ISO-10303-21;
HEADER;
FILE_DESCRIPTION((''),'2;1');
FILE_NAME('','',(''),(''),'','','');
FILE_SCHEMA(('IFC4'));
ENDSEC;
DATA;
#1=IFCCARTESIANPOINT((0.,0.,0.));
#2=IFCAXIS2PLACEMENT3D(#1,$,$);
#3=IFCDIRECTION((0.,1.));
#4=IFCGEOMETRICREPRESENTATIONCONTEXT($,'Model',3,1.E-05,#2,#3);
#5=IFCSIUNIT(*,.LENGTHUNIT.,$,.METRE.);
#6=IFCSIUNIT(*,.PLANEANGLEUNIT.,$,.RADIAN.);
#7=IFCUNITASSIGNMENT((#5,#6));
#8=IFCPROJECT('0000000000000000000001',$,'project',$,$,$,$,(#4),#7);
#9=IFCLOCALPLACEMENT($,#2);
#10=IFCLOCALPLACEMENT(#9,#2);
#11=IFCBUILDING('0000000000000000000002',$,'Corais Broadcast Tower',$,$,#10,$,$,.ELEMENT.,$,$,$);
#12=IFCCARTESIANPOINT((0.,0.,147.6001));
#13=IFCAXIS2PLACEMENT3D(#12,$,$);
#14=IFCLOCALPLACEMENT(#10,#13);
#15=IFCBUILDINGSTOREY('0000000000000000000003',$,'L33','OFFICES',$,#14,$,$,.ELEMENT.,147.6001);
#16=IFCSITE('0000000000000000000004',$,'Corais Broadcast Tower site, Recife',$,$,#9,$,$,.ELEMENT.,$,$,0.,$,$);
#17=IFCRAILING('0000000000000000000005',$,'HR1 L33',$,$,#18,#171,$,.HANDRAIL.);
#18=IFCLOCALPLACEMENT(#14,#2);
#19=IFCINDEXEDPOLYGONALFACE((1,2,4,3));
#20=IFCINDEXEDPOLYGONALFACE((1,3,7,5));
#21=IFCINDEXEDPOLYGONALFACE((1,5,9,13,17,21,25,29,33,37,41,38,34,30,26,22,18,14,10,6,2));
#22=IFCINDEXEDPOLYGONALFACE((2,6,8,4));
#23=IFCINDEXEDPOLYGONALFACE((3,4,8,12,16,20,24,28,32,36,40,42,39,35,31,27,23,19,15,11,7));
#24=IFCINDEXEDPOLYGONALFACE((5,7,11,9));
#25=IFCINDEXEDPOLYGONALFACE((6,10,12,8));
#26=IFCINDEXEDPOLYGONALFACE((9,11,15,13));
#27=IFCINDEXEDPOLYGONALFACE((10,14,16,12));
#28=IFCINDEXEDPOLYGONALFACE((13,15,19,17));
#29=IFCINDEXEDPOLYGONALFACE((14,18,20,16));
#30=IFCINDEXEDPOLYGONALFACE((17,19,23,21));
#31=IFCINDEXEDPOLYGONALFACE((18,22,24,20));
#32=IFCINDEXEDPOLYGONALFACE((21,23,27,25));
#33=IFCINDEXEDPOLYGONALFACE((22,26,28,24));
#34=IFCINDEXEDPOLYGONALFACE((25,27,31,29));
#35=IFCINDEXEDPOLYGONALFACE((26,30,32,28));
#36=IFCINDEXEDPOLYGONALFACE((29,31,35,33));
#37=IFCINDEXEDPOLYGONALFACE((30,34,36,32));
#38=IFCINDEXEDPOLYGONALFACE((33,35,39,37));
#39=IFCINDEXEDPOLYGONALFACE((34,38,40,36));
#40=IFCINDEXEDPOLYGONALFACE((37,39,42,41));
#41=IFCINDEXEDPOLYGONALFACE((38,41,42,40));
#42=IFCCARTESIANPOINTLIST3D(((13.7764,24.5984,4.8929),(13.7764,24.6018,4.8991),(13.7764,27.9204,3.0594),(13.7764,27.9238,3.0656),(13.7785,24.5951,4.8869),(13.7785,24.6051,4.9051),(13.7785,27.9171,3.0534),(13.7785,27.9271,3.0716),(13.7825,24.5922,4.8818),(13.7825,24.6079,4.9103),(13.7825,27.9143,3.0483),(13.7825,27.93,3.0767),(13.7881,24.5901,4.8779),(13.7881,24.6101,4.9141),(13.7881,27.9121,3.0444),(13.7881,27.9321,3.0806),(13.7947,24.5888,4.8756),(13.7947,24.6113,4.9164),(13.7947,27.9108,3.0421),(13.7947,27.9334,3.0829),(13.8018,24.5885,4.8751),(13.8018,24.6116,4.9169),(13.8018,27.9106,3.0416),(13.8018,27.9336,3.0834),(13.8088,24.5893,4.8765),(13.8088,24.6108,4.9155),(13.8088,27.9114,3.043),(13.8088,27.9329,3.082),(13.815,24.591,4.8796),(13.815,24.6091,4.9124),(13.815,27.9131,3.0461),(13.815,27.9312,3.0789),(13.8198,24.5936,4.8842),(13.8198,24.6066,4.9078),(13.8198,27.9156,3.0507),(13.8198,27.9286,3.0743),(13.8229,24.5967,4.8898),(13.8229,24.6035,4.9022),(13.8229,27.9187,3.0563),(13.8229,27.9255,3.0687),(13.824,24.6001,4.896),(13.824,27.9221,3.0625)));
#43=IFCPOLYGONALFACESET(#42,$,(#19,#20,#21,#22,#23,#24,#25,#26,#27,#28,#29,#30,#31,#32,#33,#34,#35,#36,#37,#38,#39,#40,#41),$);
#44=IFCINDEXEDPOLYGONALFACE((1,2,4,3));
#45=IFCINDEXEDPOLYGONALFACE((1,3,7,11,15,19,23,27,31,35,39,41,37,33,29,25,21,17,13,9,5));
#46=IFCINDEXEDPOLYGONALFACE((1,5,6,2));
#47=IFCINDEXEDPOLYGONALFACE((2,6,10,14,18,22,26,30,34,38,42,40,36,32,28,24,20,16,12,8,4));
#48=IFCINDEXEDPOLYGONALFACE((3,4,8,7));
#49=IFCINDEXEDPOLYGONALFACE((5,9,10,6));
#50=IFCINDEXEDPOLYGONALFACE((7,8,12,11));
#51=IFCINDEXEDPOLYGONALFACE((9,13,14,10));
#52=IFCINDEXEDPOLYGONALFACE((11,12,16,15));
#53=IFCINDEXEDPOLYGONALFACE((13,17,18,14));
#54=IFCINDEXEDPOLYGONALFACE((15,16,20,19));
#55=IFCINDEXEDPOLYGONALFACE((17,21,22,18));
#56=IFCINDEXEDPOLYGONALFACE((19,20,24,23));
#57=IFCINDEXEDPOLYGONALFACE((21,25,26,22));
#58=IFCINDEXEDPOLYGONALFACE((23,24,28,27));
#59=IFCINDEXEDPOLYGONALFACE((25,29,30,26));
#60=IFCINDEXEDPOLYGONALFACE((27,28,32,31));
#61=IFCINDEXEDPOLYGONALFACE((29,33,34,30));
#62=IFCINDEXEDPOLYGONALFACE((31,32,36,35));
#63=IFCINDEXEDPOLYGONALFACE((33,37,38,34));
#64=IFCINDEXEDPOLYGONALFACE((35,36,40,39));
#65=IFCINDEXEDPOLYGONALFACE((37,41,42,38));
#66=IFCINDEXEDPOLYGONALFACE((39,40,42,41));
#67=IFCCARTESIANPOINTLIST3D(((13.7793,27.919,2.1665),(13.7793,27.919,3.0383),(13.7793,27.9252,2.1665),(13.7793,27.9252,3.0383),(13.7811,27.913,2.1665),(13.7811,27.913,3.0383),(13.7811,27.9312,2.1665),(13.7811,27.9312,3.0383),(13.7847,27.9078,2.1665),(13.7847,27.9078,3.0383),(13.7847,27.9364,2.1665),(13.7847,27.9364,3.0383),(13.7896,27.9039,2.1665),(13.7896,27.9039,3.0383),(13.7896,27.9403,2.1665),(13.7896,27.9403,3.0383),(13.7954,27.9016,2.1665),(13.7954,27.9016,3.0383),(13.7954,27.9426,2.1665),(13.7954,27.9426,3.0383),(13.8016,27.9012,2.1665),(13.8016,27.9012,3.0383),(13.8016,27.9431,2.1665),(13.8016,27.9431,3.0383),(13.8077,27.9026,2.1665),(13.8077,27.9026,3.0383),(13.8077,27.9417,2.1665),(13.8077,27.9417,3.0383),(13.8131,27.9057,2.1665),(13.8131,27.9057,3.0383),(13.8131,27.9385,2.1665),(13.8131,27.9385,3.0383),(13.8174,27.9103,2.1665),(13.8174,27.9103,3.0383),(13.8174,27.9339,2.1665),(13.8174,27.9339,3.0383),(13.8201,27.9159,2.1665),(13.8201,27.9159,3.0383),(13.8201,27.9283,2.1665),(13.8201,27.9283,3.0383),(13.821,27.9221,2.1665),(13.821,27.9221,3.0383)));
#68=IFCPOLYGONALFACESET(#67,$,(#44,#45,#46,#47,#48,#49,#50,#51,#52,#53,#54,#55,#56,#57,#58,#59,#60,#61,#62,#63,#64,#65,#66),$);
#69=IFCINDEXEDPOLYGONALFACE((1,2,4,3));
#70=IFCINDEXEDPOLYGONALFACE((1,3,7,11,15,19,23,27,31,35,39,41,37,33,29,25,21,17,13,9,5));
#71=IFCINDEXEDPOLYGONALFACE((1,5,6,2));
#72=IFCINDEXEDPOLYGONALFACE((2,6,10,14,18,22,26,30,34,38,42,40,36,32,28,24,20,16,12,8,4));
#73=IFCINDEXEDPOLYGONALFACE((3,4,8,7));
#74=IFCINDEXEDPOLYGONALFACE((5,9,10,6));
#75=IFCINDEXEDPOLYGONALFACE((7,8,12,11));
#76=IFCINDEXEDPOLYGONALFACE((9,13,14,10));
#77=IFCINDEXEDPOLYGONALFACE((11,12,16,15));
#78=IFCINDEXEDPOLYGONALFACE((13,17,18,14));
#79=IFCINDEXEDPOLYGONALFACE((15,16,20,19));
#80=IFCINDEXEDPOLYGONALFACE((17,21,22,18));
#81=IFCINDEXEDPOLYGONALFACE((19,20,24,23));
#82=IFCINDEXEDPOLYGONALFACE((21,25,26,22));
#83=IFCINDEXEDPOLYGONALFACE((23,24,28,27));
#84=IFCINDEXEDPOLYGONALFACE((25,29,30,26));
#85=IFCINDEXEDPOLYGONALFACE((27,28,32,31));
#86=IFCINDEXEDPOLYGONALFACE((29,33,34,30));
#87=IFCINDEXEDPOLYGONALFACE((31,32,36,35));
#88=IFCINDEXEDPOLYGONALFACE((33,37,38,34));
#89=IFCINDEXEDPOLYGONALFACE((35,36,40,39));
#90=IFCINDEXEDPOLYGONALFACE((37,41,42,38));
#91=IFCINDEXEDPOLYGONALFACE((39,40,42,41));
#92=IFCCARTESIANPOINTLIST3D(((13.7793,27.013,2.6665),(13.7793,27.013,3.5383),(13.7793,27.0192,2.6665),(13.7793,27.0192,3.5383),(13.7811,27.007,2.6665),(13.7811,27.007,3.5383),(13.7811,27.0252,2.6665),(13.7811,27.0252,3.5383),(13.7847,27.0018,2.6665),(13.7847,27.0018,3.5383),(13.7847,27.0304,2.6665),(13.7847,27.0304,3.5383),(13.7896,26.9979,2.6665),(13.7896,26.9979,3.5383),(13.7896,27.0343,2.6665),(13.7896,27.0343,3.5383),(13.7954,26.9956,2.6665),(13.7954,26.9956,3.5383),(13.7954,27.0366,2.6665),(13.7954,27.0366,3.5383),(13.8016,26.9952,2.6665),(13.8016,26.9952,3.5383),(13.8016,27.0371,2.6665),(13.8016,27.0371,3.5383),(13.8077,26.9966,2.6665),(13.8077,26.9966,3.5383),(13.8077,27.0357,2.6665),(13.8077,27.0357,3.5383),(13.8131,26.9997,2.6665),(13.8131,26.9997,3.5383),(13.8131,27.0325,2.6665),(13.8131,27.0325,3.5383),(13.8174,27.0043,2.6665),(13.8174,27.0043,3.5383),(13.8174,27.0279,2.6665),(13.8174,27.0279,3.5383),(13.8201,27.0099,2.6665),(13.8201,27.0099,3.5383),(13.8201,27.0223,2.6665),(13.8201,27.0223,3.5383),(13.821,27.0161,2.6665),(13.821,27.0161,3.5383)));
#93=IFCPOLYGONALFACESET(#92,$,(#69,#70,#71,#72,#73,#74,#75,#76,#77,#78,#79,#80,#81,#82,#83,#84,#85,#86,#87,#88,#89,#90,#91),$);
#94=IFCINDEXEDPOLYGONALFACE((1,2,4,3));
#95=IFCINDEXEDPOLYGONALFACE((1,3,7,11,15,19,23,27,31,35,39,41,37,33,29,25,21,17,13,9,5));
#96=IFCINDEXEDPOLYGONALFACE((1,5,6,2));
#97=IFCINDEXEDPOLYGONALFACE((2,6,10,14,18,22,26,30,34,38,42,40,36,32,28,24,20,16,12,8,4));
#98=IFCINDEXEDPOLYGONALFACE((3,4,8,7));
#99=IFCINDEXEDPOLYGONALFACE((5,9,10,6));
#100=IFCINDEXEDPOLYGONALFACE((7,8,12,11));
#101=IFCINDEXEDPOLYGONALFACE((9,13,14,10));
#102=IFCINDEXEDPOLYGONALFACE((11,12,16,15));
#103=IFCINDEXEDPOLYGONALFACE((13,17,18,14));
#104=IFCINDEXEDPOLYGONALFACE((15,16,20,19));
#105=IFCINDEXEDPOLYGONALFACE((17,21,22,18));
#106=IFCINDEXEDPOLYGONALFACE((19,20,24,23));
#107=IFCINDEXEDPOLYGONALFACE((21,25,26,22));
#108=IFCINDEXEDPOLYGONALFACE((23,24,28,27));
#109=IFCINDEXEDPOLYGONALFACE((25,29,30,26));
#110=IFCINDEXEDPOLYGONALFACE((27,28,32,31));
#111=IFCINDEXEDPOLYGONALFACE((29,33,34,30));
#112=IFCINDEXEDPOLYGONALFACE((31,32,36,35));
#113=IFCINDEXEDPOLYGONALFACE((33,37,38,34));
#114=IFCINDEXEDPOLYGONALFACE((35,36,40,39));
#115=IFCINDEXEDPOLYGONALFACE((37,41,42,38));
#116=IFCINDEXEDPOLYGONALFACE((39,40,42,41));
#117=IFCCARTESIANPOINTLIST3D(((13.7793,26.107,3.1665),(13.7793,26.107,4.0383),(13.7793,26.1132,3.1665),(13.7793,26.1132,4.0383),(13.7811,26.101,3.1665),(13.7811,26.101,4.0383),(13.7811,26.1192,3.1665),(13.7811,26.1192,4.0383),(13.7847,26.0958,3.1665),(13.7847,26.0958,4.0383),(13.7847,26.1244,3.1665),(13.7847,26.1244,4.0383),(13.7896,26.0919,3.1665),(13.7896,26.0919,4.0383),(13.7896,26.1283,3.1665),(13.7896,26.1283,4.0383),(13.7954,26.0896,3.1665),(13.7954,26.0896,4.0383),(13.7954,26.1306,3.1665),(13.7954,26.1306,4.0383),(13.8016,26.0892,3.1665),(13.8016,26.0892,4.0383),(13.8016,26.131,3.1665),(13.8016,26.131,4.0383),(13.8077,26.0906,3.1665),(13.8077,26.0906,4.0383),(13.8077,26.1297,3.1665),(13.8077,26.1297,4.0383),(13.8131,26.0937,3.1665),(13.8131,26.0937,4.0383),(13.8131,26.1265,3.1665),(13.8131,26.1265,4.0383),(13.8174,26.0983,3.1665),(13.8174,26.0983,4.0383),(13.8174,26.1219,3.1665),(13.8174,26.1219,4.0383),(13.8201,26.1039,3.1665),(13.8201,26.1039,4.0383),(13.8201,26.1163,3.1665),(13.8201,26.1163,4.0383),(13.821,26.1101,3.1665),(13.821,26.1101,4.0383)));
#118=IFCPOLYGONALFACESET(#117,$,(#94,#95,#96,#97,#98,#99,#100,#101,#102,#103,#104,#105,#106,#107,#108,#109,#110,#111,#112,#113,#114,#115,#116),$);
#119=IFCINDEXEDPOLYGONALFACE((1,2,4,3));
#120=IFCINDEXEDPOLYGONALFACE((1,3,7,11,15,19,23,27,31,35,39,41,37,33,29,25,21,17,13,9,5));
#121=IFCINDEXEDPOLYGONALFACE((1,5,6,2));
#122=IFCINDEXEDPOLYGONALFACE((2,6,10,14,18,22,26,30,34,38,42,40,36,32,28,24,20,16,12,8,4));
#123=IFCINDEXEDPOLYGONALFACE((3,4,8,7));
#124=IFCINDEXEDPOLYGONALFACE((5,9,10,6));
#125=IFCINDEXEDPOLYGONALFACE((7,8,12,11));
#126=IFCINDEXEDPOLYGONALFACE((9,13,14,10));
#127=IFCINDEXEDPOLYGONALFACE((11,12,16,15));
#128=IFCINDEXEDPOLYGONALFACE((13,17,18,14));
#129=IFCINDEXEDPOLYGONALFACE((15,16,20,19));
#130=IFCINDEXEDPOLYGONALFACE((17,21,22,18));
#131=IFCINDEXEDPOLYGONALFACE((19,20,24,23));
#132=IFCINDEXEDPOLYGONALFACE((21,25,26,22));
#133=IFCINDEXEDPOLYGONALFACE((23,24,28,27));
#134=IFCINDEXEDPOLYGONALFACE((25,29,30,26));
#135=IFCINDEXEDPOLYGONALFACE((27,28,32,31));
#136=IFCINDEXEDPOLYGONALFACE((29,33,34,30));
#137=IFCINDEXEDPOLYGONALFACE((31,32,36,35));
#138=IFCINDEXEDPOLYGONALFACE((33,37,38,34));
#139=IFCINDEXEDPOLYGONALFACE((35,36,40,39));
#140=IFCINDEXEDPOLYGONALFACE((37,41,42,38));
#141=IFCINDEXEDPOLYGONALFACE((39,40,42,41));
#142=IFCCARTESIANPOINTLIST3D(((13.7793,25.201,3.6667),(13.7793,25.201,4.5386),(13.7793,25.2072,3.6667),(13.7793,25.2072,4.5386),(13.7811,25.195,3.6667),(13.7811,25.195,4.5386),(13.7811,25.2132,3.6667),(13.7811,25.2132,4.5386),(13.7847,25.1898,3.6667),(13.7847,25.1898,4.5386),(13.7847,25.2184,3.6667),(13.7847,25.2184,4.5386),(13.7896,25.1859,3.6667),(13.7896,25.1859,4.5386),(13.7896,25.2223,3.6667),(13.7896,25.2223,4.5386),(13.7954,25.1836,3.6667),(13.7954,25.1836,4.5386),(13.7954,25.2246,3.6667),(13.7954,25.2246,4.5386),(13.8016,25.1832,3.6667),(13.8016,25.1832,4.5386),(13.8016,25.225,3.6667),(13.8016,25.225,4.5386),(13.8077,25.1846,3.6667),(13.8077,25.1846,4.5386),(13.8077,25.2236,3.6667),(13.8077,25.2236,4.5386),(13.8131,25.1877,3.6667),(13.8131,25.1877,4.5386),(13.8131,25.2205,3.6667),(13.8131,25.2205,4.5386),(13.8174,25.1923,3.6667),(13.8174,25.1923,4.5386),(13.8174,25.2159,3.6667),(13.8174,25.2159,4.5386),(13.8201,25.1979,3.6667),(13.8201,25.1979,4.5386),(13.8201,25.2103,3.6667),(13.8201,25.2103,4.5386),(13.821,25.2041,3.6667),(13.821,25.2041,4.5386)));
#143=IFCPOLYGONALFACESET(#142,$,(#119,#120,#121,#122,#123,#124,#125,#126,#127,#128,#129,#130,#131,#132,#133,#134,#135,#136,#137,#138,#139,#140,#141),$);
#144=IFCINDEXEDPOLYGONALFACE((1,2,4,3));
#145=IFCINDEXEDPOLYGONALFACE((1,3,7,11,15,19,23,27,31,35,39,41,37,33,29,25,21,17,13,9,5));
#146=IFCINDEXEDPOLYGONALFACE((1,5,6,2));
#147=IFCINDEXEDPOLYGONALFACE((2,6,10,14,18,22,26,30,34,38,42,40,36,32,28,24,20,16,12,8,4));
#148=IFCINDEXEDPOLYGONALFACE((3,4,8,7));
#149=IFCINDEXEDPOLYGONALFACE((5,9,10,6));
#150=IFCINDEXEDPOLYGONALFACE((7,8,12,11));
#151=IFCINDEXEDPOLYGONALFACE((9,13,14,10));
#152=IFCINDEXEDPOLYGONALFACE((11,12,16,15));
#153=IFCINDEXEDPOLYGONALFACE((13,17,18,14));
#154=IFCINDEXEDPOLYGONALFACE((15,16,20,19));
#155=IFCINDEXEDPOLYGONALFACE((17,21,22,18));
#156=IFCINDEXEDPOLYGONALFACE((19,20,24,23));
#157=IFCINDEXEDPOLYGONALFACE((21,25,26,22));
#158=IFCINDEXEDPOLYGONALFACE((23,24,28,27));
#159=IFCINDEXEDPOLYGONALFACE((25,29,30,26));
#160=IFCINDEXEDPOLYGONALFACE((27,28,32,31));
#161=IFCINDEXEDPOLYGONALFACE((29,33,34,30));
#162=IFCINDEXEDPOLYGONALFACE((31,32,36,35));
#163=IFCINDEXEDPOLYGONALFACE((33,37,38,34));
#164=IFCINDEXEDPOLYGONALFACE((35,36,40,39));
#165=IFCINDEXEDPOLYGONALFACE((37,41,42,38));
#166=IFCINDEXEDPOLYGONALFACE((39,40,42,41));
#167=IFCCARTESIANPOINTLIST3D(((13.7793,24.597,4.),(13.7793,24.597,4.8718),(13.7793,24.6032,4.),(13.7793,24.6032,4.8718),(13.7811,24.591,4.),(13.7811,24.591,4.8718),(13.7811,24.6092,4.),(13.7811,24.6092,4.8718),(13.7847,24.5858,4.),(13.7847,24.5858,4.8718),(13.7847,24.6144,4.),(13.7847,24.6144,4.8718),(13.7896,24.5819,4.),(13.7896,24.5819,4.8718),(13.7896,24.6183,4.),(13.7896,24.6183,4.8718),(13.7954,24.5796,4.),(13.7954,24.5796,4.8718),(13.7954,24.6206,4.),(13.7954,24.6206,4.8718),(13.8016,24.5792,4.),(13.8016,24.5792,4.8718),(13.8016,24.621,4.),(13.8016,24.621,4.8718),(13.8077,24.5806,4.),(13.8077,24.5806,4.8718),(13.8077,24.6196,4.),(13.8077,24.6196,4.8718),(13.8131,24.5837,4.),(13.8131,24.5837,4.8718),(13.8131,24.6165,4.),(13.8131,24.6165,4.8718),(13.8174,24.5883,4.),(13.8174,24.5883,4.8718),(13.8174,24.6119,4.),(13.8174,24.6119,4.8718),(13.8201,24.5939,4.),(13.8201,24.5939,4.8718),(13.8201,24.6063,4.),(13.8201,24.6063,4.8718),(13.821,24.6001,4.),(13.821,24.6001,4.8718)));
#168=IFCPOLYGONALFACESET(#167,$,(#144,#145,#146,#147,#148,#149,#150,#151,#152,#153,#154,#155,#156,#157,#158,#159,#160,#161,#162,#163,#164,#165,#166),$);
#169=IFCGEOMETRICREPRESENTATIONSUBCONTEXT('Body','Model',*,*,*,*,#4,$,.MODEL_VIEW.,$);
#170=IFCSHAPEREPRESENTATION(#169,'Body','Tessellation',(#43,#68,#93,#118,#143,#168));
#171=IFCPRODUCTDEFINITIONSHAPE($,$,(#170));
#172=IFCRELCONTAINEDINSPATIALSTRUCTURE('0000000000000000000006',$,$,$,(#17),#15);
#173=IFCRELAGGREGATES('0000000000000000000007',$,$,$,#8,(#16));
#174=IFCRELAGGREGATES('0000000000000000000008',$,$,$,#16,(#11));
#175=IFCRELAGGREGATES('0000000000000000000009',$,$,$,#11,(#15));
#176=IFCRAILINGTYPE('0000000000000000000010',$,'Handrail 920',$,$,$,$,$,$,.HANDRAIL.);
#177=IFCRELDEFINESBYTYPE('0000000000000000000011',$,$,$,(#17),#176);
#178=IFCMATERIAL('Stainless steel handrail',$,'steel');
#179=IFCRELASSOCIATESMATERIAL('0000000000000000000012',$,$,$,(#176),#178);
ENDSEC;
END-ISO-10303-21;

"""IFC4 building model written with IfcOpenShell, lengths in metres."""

from ifc_helpers import new_model, si_unit, direction, frame, origin, origin_2d, place, context, subcontext, project, spatial, circle, extrude, material, type_object, element, save


model = new_model("IFC4")

# Units and contexts
model_context = context("Model", 3, precision=1e-05, world=origin(), true_north=direction((0.0, 1.0)))
body_context = subcontext(model_context, "Body", "Model", "MODEL_VIEW")
ifc_project = project(units=[si_unit("LENGTHUNIT", "METRE"), si_unit("PLANEANGLEUNIT", "RADIAN")], contexts=[model_context])

# Site, building, storey
site_placement = place(None, origin())
site = spatial("IfcSite", under=ifc_project, at=site_placement, Name="Corais Broadcast Tower site, Recife", CompositionType="ELEMENT", RefElevation=0.0)
building_placement = place(site_placement, origin())
building = spatial("IfcBuilding", under=site, at=building_placement, Name="Corais Broadcast Tower", CompositionType="ELEMENT")
storey_placement = place(building_placement, frame((0.0, 0.0, 147.6001)))
storey = spatial("IfcBuildingStorey", under=building, at=storey_placement, Name="L33", Description="OFFICES", CompositionType="ELEMENT", Elevation=147.6001)

# Railing
ifc_material_1 = material(Name="Stainless steel handrail", Category="steel")
railing_type = type_object("IfcRailingType", Name="Handrail 920", PredefinedType="HANDRAIL", material=ifc_material_1)
for number, where, name in (
    (1, (13.8, 27.9221, 2.1665), "HR1 L33"),
):
    element("IfcRailing", number, at=place(storey_placement, frame(where)), inside=storey, type_object=railing_type, Name=name, PredefinedType="HANDRAIL", context=body_context, shape_type="SweptSolid", body=[
        extrude(circle(Radius=0.0239, at=origin_2d()), frame((0.0, 0.0, 0.896), z_axis=(0.0, -0.875504, 0.48321), x_axis=(1.0, 0.0, 0.0)), (0.0, 0.0, 1.0), 3.7944),
        extrude(circle(Radius=0.021, at=origin_2d()), origin(), (0.0, 0.0, 1.0), 0.8718),
        extrude(circle(Radius=0.021, at=origin_2d()), frame((0.0, -0.906, 0.5)), (0.0, 0.0, 1.0), 0.8718),
        extrude(circle(Radius=0.021, at=origin_2d()), frame((0.0, -1.812, 1.0)), (0.0, 0.0, 1.0), 0.8718),
        extrude(circle(Radius=0.021, at=origin_2d()), frame((0.0, -2.718, 1.5002)), (0.0, 0.0, 1.0), 0.8718),
        extrude(circle(Radius=0.021, at=origin_2d()), frame((0.0, -3.322, 1.8335)), (0.0, 0.0, 1.0), 0.8718),
    ])

save(model, "model.ifc")
